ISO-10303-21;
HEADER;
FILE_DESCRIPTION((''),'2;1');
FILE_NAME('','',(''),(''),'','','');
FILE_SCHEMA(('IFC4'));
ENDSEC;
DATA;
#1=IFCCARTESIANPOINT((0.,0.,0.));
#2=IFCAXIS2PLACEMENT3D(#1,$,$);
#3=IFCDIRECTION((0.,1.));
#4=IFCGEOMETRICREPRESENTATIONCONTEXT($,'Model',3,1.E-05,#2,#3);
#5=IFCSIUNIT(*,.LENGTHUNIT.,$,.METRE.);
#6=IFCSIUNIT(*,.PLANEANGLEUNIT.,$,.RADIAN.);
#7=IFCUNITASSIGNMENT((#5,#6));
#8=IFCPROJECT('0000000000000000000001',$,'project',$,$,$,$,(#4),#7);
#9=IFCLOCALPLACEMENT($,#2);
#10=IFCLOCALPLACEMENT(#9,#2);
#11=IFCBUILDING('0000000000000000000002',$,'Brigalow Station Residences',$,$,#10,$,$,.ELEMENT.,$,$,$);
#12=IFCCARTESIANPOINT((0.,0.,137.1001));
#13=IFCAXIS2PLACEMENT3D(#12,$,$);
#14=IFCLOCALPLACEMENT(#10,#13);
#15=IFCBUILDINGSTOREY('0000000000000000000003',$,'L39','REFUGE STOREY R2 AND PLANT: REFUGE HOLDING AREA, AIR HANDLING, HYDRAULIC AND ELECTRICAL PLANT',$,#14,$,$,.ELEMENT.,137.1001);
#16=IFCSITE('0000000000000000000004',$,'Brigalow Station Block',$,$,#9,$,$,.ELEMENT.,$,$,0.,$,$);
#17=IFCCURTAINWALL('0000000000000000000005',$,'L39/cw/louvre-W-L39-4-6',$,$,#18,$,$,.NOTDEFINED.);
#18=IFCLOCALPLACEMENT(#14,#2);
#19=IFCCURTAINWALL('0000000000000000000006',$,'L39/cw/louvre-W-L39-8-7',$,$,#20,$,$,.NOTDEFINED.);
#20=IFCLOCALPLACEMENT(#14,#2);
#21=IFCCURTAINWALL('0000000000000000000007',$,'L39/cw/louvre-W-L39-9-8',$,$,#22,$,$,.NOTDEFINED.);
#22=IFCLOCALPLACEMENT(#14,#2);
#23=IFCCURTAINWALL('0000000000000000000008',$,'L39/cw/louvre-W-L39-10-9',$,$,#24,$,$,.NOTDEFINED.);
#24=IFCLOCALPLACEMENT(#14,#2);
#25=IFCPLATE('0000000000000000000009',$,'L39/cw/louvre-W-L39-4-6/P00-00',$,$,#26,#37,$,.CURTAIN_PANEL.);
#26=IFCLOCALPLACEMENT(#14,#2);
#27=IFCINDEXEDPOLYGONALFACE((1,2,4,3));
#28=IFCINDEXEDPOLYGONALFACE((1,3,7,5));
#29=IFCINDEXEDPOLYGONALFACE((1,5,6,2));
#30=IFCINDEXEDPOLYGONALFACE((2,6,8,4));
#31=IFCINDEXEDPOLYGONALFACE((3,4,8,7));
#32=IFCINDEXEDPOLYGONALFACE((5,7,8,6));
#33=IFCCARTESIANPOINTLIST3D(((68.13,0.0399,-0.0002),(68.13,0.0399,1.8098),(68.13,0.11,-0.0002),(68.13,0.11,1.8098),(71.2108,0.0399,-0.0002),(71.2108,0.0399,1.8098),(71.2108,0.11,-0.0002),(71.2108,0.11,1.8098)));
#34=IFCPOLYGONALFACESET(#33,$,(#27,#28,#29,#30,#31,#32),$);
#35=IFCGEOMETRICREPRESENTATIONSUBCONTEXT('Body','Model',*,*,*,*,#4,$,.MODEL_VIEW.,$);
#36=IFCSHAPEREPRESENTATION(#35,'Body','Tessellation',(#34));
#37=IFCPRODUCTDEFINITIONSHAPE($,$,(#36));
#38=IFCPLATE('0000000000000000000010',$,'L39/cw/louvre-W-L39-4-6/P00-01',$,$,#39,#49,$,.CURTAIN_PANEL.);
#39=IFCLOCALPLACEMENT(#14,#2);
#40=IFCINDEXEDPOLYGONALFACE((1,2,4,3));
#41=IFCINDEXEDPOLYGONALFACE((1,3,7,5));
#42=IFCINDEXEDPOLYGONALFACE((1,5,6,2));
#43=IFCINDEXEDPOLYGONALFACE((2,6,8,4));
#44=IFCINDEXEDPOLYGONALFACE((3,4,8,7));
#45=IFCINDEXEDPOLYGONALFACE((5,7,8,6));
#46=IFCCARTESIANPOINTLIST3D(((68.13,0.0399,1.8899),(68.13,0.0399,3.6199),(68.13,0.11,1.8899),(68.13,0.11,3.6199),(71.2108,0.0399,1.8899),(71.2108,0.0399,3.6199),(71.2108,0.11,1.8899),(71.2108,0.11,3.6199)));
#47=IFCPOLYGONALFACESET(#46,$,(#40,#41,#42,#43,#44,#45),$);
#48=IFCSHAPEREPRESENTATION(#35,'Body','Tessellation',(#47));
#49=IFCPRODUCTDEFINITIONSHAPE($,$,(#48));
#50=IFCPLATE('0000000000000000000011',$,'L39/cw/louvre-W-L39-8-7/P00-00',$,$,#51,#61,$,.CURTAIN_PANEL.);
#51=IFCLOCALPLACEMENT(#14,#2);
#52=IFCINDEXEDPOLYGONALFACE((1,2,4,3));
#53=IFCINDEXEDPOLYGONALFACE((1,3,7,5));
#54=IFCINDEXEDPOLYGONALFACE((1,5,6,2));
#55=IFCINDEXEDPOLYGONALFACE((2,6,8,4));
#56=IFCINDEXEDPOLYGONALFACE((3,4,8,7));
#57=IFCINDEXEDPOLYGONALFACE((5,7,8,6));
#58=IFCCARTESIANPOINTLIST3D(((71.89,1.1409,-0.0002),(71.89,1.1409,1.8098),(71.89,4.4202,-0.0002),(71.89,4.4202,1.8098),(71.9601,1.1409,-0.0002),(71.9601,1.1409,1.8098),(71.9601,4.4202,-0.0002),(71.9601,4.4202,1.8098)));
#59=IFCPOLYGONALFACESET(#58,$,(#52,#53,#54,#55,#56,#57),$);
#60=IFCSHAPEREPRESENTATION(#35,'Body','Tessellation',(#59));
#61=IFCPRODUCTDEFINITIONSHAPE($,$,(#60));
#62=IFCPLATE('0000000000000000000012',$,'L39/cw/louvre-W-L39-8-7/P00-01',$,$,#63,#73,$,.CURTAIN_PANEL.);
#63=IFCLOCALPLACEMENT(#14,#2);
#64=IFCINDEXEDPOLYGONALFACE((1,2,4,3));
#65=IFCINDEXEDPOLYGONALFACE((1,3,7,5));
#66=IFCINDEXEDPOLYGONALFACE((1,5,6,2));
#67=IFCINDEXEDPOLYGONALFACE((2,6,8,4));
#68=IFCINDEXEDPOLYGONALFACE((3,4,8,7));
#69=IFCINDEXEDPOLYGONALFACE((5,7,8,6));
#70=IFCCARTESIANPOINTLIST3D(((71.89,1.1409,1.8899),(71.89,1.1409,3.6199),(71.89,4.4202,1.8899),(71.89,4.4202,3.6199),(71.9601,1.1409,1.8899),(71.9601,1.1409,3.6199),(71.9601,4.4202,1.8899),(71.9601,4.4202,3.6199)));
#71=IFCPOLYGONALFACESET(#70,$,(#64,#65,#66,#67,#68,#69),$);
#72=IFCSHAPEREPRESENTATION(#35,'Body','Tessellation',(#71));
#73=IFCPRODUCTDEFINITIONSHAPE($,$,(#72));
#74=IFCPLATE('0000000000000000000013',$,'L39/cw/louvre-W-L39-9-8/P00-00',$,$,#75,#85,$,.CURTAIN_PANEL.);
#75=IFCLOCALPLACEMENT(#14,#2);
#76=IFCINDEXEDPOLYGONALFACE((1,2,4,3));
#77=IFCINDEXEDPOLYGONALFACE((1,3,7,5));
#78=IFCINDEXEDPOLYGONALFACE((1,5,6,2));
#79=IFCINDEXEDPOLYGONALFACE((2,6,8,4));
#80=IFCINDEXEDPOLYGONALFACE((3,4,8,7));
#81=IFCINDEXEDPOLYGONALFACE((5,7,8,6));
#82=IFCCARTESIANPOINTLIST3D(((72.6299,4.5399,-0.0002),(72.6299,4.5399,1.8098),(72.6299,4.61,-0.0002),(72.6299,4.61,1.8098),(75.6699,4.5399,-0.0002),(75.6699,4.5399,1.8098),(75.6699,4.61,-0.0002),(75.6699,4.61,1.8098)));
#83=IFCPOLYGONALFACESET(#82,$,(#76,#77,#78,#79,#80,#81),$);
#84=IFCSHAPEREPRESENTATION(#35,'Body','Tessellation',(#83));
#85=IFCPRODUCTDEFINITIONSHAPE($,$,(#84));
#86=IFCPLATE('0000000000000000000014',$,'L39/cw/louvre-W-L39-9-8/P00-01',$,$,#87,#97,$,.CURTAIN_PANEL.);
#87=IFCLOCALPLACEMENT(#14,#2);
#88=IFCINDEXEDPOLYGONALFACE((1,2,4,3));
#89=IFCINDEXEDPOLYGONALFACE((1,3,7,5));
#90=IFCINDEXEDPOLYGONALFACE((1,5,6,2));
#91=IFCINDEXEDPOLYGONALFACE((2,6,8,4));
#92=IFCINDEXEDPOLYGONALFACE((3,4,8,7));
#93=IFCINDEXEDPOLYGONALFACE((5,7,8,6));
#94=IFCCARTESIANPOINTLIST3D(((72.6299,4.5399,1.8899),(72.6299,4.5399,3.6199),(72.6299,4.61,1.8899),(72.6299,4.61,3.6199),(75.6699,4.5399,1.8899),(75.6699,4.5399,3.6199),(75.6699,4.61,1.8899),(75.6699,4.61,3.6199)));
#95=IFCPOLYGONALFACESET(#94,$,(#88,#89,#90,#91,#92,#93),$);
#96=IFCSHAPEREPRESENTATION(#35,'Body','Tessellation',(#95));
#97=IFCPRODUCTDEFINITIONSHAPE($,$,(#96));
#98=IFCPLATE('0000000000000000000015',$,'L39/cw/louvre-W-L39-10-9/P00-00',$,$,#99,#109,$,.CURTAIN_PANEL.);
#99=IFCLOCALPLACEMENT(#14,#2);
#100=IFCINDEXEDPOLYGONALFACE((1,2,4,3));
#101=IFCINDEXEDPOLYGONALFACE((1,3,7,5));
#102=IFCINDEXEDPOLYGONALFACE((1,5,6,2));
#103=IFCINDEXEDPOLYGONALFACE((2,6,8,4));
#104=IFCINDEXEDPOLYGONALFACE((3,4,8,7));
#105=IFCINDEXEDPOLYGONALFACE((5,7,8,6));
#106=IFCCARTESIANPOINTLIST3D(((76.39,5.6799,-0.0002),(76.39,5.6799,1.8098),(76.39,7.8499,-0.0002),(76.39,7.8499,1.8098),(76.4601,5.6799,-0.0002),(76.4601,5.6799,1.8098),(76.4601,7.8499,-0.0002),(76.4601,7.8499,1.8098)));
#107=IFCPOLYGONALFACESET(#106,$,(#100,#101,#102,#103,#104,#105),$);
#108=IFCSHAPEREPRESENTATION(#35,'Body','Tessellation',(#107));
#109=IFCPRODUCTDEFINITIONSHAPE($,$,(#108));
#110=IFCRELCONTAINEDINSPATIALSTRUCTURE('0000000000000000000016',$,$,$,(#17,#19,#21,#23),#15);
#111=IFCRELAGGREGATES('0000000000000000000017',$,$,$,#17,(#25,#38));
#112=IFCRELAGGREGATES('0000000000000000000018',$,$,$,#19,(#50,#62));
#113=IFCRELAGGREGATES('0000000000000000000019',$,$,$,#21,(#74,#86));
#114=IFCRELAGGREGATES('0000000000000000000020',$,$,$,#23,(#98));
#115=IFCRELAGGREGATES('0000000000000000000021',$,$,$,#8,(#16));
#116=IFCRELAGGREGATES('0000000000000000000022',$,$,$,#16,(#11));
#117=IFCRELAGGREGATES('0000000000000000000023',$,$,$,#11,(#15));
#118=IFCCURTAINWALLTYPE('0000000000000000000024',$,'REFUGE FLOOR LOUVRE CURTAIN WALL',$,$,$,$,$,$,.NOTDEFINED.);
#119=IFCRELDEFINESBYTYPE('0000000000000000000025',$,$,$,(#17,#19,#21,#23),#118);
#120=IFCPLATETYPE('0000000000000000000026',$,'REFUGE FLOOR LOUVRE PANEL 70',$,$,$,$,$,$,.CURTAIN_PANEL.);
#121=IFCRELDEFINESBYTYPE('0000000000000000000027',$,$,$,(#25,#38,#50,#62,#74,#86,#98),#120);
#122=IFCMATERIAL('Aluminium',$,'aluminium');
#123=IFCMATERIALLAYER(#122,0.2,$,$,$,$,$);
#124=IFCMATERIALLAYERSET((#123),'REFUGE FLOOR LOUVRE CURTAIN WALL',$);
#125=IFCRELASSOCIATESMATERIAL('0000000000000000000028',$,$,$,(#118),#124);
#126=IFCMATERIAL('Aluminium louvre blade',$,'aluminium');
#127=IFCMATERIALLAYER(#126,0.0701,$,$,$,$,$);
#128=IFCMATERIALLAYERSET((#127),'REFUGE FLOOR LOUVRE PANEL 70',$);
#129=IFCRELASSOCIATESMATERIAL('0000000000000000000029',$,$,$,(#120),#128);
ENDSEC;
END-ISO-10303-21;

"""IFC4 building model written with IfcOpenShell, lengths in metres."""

from ifc_helpers import new_model, si_unit, direction, frame, origin, origin_2d, place, context, subcontext, project, spatial, rectangle, extrude, material, layer, layer_set, type_object, element, aggregate, save


model = new_model("IFC4")

# Units and contexts
model_context = context("Model", 3, precision=1e-05, world=origin(), true_north=direction((0.0, 1.0)))
body_context = subcontext(model_context, "Body", "Model", "MODEL_VIEW")
ifc_project = project(units=[si_unit("LENGTHUNIT", "METRE"), si_unit("PLANEANGLEUNIT", "RADIAN")], contexts=[model_context])

# Site, building, storey
site_placement = place(None, origin())
site = spatial("IfcSite", under=ifc_project, at=site_placement, Name="Brigalow Station Block", CompositionType="ELEMENT", RefElevation=0.0)
building_placement = place(site_placement, origin())
building = spatial("IfcBuilding", under=site, at=building_placement, Name="Brigalow Station Residences", CompositionType="ELEMENT")
storey_placement = place(building_placement, frame((0.0, 0.0, 137.1001)))
storey = spatial("IfcBuildingStorey", under=building, at=storey_placement, Name="L39", Description="REFUGE STOREY R2 AND PLANT: REFUGE HOLDING AREA, AIR HANDLING, HYDRAULIC AND ELECTRICAL PLANT", CompositionType="ELEMENT", Elevation=137.1001)

# Curtain walls
ifc_material_1 = material(Name="Aluminium", Category="aluminium")
ifc_layer_1 = layer(ifc_material_1, 0.2)
ifc_layer_set_1 = layer_set([ifc_layer_1], Name="REFUGE FLOOR LOUVRE CURTAIN WALL")
curtain_wall_type = type_object("IfcCurtainWallType", Name="REFUGE FLOOR LOUVRE CURTAIN WALL", PredefinedType="NOTDEFINED", material=ifc_layer_set_1)
curtain_wall_1_placement = place(storey_placement, origin())
curtain_wall_1 = element("IfcCurtainWall", 1, at=curtain_wall_1_placement, inside=storey, type_object=curtain_wall_type, Name="L39/cw/louvre-W-L39-4-6", PredefinedType="NOTDEFINED")
curtain_wall_2_placement = place(storey_placement, origin())
curtain_wall_2 = element("IfcCurtainWall", 2, at=curtain_wall_2_placement, inside=storey, type_object=curtain_wall_type, Name="L39/cw/louvre-W-L39-8-7", PredefinedType="NOTDEFINED")
curtain_wall_3_placement = place(storey_placement, origin())
curtain_wall_3 = element("IfcCurtainWall", 3, at=curtain_wall_3_placement, inside=storey, type_object=curtain_wall_type, Name="L39/cw/louvre-W-L39-9-8", PredefinedType="NOTDEFINED")

# Curtain wall
curtain_wall_4_placement = place(storey_placement, origin())
curtain_wall_4 = element("IfcCurtainWall", 4, at=curtain_wall_4_placement, inside=storey, type_object=curtain_wall_type, Name="L39/cw/louvre-W-L39-10-9", PredefinedType="NOTDEFINED")

# Plates
ifc_material_2 = material(Name="Aluminium louvre blade", Category="aluminium")
ifc_layer_2 = layer(ifc_material_2, 0.0701)
ifc_layer_set_2 = layer_set([ifc_layer_2], Name="REFUGE FLOOR LOUVRE PANEL 70")
plate_type = type_object("IfcPlateType", Name="REFUGE FLOOR LOUVRE PANEL 70", PredefinedType="CURTAIN_PANEL", material=ifc_layer_set_2)
plate_1_placement = place(storey_placement, frame((69.6704, 0.075, -0.0002), z_axis=(0.0, 0.0, 1.0), x_axis=(1.0, 0.0, 0.0)))
plate_1 = element("IfcPlate", 5, at=plate_1_placement, type_object=plate_type, Name="L39/cw/louvre-W-L39-4-6/P00-00", PredefinedType="CURTAIN_PANEL", context=body_context, shape_type="SweptSolid", body=[
    extrude(rectangle(XDim=3.0808, YDim=0.0701, at=origin_2d()), origin(), (0.0, 0.0, 1.0), 1.8101),
])
plate_2_placement = place(storey_placement, frame((69.6704, 0.075, 1.8899), z_axis=(0.0, 0.0, 1.0), x_axis=(1.0, 0.0, 0.0)))
plate_2 = element("IfcPlate", 6, at=plate_2_placement, type_object=plate_type, Name="L39/cw/louvre-W-L39-4-6/P00-01", PredefinedType="CURTAIN_PANEL", context=body_context, shape_type="SweptSolid", body=[
    extrude(rectangle(XDim=3.0808, YDim=0.0701, at=origin_2d()), origin(), (0.0, 0.0, 1.0), 1.73),
])
aggregate(curtain_wall_1, [plate_1, plate_2])
plate_3_placement = place(storey_placement, frame((71.925, 2.7805, -0.0002), z_axis=(0.0, 0.0, 1.0), x_axis=(0.0, 1.0, 0.0)))
plate_3 = element("IfcPlate", 7, at=plate_3_placement, type_object=plate_type, Name="L39/cw/louvre-W-L39-8-7/P00-00", PredefinedType="CURTAIN_PANEL", context=body_context, shape_type="SweptSolid", body=[
    extrude(rectangle(XDim=3.2793, YDim=0.0701, at=origin_2d()), origin(), (0.0, 0.0, 1.0), 1.8101),
])
plate_4_placement = place(storey_placement, frame((71.925, 2.7805, 1.8899), z_axis=(0.0, 0.0, 1.0), x_axis=(0.0, 1.0, 0.0)))
plate_4 = element("IfcPlate", 8, at=plate_4_placement, type_object=plate_type, Name="L39/cw/louvre-W-L39-8-7/P00-01", PredefinedType="CURTAIN_PANEL", context=body_context, shape_type="SweptSolid", body=[
    extrude(rectangle(XDim=3.2793, YDim=0.0701, at=origin_2d()), origin(), (0.0, 0.0, 1.0), 1.73),
])
aggregate(curtain_wall_2, [plate_3, plate_4])
plate_5_placement = place(storey_placement, frame((74.1499, 4.575, -0.0002), z_axis=(0.0, 0.0, 1.0), x_axis=(1.0, 0.0, 0.0)))
plate_5 = element("IfcPlate", 9, at=plate_5_placement, type_object=plate_type, Name="L39/cw/louvre-W-L39-9-8/P00-00", PredefinedType="CURTAIN_PANEL", context=body_context, shape_type="SweptSolid", body=[
    extrude(rectangle(XDim=3.04, YDim=0.0701, at=origin_2d()), origin(), (0.0, 0.0, 1.0), 1.8101),
])
plate_6_placement = place(storey_placement, frame((74.1499, 4.575, 1.8899), z_axis=(0.0, 0.0, 1.0), x_axis=(1.0, 0.0, 0.0)))
plate_6 = element("IfcPlate", 10, at=plate_6_placement, type_object=plate_type, Name="L39/cw/louvre-W-L39-9-8/P00-01", PredefinedType="CURTAIN_PANEL", context=body_context, shape_type="SweptSolid", body=[
    extrude(rectangle(XDim=3.04, YDim=0.0701, at=origin_2d()), origin(), (0.0, 0.0, 1.0), 1.73),
])
aggregate(curtain_wall_3, [plate_5, plate_6])
plate_7_placement = place(storey_placement, frame((76.425, 6.7649, -0.0002), z_axis=(0.0, 0.0, 1.0), x_axis=(0.0, 1.0, 0.0)))
plate_7 = element("IfcPlate", 11, at=plate_7_placement, type_object=plate_type, Name="L39/cw/louvre-W-L39-10-9/P00-00", PredefinedType="CURTAIN_PANEL", context=body_context, shape_type="SweptSolid", body=[
    extrude(rectangle(XDim=2.1699, YDim=0.0701, at=origin_2d()), origin(), (0.0, 0.0, 1.0), 1.8101),
])
aggregate(curtain_wall_4, [plate_7])

save(model, "model.ifc")
